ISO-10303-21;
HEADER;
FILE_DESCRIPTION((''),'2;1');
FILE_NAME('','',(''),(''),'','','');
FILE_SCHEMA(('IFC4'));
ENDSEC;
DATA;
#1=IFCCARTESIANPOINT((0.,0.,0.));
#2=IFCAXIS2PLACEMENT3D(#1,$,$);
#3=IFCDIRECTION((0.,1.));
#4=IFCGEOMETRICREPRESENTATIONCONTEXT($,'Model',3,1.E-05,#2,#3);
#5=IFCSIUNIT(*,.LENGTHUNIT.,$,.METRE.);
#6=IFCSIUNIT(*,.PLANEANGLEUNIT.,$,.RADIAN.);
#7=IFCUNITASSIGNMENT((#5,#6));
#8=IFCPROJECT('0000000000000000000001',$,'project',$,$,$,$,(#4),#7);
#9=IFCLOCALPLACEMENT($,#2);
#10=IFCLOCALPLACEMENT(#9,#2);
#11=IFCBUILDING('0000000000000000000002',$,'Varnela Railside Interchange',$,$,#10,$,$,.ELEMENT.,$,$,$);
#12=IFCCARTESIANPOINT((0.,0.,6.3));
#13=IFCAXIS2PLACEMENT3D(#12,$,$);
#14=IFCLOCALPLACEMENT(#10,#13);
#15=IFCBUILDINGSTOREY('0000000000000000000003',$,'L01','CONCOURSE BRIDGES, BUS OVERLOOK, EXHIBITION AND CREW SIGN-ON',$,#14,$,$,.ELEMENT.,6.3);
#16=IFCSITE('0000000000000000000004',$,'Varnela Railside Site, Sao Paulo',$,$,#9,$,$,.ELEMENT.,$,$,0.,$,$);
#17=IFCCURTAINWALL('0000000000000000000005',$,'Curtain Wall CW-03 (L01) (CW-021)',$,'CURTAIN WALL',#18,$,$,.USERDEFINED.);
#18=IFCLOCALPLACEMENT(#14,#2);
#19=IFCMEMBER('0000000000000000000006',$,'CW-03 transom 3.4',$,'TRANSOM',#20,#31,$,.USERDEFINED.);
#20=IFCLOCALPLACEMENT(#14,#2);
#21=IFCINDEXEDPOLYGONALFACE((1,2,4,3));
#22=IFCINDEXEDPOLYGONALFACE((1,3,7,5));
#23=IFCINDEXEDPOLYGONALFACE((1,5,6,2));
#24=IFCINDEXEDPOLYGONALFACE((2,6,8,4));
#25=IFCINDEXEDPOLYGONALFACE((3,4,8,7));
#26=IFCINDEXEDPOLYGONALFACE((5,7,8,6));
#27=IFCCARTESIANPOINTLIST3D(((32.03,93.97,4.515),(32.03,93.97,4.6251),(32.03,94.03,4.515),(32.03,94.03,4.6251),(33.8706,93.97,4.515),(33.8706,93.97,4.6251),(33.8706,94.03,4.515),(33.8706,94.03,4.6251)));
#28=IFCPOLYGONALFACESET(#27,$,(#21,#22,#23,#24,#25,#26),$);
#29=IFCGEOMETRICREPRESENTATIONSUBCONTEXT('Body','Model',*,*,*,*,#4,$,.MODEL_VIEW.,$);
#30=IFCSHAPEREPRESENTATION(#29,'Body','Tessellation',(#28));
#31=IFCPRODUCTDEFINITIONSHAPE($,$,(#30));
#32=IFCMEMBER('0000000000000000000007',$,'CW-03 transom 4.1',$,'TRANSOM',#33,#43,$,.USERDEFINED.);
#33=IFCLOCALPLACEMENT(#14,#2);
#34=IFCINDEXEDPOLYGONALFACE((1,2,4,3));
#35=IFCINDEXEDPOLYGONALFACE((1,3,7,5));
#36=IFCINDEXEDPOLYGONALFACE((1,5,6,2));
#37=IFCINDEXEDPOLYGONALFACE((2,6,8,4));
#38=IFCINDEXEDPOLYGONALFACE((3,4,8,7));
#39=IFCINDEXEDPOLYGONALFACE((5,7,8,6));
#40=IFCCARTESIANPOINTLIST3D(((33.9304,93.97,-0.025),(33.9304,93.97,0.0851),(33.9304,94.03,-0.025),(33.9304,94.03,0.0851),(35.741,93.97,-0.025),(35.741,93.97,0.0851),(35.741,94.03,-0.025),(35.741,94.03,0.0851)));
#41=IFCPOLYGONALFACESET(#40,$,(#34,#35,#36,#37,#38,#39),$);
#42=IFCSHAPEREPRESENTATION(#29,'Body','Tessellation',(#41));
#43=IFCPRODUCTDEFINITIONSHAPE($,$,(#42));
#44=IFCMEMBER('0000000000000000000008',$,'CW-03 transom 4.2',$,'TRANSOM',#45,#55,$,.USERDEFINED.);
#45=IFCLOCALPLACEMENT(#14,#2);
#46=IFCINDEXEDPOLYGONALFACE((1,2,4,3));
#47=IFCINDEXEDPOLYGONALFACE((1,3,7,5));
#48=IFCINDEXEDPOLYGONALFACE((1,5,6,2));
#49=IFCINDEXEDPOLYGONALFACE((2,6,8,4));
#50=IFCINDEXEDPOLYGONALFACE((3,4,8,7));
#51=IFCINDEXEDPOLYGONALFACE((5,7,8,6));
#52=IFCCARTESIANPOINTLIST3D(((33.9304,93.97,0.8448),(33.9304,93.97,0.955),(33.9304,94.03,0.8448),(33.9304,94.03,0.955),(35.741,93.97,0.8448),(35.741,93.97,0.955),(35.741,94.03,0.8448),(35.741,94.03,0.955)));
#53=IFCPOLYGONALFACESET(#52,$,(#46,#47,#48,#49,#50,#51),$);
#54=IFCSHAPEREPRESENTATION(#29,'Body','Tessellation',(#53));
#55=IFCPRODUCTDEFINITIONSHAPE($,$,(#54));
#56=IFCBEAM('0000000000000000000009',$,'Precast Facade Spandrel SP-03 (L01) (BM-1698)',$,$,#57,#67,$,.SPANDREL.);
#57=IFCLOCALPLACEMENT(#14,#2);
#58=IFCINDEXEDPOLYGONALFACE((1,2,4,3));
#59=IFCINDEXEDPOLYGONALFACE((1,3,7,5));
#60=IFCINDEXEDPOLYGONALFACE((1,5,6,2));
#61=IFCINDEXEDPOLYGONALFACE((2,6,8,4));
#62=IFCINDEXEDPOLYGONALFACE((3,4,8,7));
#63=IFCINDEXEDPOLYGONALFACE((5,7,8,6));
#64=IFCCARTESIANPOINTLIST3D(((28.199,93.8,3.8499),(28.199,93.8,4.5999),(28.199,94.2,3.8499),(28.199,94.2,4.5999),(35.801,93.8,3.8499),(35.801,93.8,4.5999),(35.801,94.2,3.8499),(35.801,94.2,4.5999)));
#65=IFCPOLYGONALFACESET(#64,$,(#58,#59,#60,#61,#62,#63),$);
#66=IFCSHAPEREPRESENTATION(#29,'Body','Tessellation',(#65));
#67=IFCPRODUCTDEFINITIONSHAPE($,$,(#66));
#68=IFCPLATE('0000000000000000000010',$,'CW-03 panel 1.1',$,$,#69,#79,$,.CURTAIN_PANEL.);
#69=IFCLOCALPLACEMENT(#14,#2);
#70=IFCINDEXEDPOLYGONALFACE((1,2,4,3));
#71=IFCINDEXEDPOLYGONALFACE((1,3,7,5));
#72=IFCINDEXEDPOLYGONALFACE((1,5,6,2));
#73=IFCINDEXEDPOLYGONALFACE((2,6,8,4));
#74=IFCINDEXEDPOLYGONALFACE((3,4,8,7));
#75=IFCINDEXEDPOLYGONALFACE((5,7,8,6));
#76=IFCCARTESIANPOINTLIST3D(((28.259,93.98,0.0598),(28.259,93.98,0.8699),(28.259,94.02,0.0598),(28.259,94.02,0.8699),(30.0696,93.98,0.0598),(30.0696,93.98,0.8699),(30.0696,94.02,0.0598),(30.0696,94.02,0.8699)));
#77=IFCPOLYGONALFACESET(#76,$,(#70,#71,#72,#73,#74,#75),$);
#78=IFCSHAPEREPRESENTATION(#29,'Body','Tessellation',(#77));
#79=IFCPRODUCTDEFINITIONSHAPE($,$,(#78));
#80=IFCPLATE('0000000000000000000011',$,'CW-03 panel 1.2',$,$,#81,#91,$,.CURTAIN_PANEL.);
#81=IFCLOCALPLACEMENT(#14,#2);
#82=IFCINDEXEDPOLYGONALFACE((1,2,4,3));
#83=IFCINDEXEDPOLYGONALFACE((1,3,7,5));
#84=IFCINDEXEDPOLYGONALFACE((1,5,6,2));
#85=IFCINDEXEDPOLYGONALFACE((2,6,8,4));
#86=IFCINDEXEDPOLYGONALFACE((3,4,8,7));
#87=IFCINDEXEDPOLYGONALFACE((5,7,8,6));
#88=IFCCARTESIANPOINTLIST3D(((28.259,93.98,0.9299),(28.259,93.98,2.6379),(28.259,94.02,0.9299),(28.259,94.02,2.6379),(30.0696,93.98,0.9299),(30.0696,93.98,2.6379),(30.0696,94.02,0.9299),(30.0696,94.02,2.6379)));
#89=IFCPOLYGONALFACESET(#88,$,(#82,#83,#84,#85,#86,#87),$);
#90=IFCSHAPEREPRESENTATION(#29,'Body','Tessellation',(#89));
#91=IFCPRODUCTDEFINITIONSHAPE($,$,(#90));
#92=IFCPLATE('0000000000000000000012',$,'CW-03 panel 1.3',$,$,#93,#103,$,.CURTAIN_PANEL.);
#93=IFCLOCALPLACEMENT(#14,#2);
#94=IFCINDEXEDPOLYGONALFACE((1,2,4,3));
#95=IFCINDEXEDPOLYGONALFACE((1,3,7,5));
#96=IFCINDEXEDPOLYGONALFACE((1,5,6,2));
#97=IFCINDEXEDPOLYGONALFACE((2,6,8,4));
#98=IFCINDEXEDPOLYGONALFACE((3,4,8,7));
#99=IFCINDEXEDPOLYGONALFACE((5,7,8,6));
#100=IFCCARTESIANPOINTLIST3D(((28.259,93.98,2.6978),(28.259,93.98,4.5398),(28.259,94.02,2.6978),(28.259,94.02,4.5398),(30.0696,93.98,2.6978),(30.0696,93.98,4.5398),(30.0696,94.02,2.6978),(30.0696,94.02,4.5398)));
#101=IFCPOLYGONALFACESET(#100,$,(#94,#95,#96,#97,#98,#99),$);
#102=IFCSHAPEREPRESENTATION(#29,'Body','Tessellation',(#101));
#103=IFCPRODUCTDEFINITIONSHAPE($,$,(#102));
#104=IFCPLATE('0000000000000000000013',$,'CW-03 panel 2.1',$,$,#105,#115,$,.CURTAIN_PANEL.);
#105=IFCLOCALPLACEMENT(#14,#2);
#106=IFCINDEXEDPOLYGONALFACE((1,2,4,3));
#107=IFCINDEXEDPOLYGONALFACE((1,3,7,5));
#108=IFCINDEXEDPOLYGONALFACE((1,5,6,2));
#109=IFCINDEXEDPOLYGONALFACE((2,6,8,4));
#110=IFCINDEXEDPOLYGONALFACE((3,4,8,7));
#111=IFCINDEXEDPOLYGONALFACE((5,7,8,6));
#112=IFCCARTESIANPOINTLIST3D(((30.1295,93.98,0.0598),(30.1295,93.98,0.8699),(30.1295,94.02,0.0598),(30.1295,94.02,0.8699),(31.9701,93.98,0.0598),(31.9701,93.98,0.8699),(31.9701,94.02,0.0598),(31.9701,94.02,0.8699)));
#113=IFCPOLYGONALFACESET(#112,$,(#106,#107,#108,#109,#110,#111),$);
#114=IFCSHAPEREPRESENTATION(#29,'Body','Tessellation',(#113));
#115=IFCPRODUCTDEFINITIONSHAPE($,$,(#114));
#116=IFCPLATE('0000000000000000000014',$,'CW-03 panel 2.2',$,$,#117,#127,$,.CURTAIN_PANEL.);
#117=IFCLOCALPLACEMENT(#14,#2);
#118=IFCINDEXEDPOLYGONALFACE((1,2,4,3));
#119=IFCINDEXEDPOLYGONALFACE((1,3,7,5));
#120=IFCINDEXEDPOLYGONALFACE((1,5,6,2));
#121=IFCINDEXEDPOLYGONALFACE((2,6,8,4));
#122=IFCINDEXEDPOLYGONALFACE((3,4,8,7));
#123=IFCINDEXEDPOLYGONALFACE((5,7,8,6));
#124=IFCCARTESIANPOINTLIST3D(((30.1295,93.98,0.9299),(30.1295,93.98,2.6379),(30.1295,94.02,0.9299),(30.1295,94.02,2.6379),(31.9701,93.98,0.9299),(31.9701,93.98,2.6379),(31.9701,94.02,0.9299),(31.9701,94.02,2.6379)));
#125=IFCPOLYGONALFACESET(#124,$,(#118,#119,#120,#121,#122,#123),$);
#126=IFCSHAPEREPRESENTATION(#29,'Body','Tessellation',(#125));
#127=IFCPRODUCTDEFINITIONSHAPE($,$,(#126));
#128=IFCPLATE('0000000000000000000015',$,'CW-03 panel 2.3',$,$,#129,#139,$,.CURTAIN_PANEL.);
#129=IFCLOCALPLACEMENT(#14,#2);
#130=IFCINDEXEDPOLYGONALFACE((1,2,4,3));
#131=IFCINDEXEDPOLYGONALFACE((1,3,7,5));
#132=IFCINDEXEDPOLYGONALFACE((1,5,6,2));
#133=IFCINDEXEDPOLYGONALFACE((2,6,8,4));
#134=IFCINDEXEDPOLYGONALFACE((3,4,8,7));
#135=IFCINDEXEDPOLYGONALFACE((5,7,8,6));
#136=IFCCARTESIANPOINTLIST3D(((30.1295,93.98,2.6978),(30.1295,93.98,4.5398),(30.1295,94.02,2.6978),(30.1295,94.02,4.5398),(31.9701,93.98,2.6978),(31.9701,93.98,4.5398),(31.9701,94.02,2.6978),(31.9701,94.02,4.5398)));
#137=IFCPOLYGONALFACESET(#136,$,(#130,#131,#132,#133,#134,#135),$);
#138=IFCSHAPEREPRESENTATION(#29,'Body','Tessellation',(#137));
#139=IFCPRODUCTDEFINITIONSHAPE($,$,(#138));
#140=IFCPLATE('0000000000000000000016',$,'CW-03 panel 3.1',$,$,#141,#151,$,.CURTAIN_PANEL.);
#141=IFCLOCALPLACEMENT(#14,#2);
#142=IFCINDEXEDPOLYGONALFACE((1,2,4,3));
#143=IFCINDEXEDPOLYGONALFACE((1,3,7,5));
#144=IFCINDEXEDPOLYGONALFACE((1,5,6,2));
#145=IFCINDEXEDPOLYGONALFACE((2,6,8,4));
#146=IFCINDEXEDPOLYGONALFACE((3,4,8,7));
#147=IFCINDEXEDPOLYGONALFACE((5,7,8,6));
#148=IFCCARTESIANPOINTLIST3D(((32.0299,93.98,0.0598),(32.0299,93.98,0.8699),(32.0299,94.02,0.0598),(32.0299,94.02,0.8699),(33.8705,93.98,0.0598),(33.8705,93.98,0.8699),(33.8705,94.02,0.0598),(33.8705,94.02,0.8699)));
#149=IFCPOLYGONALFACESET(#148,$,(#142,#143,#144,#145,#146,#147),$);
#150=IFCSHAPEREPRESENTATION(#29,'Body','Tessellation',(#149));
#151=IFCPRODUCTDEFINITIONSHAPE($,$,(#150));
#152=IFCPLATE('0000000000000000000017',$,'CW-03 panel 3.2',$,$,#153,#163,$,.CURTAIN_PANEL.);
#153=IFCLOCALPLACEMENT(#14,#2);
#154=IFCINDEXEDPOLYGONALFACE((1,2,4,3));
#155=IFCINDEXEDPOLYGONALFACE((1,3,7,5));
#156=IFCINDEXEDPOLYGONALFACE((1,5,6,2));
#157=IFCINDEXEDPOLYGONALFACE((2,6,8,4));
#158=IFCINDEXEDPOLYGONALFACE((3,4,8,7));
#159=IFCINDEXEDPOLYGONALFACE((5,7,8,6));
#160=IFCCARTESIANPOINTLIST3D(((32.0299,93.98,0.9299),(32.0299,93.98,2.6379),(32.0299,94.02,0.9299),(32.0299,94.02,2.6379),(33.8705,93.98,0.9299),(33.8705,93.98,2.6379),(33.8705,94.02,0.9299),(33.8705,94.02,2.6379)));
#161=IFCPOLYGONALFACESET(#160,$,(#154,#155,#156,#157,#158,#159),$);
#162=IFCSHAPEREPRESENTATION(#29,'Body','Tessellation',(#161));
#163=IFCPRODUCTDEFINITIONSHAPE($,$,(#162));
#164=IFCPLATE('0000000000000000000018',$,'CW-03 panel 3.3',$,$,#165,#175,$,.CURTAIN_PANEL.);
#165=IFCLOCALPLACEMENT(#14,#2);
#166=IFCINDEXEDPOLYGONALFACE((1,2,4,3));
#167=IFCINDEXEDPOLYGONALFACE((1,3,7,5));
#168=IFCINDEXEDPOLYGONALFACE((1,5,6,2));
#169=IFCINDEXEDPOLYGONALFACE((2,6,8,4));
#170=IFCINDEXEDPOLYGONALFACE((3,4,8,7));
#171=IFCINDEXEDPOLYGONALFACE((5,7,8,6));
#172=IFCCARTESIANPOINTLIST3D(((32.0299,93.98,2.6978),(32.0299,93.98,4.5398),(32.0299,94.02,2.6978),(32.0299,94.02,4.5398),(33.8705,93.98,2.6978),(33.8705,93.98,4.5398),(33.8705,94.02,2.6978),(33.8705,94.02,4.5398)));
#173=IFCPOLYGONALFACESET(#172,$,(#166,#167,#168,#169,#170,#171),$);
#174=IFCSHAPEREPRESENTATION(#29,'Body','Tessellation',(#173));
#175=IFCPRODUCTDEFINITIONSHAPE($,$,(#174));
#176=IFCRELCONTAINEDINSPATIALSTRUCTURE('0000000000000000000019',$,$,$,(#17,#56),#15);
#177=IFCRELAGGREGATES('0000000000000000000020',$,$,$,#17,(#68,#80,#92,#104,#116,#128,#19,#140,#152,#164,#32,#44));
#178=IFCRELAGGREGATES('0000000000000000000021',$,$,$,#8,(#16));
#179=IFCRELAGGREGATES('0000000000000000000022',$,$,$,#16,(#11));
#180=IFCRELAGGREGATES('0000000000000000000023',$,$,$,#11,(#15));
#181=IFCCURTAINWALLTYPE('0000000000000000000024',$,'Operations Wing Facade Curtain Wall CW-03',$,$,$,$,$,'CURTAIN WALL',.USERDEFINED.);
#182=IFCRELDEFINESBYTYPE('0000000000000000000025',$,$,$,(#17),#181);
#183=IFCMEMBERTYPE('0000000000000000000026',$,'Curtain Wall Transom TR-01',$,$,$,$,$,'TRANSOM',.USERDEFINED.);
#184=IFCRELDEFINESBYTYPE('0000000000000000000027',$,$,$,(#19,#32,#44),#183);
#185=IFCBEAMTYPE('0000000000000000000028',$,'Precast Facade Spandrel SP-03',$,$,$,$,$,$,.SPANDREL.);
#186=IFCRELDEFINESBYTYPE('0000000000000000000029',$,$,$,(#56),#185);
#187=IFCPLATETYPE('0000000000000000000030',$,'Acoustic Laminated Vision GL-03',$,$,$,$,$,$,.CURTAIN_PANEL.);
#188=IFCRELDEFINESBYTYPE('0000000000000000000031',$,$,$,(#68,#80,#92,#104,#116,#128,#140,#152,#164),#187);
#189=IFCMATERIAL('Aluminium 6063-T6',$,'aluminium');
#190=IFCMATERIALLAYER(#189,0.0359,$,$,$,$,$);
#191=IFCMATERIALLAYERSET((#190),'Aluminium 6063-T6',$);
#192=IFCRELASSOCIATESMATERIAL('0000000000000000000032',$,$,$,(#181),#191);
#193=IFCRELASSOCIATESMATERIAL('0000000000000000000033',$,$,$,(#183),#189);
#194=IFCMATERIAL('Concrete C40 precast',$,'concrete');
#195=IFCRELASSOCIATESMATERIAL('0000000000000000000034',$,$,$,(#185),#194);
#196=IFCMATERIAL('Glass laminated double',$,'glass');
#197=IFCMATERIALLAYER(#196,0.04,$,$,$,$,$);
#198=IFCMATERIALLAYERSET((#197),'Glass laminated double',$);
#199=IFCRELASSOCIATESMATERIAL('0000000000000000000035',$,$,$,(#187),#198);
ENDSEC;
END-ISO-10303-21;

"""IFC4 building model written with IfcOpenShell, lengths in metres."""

from ifc_helpers import new_model, si_unit, direction, frame, origin, origin_2d, place, context, subcontext, project, spatial, rectangle, extrude, material, layer, layer_set, material_profile, profile_set, type_object, element, aggregate, save


model = new_model("IFC4")

# Units and contexts
model_context = context("Model", 3, precision=1e-05, world=origin(), true_north=direction((0.0, 1.0)))
body_context = subcontext(model_context, "Body", "Model", "MODEL_VIEW")
ifc_project = project(units=[si_unit("LENGTHUNIT", "METRE"), si_unit("PLANEANGLEUNIT", "RADIAN")], contexts=[model_context])

# Site, building, storey
site_placement = place(None, origin())
site = spatial("IfcSite", under=ifc_project, at=site_placement, Name="Varnela Railside Site, Sao Paulo", CompositionType="ELEMENT", RefElevation=0.0)
building_placement = place(site_placement, origin())
building = spatial("IfcBuilding", under=site, at=building_placement, Name="Varnela Railside Interchange", CompositionType="ELEMENT")
storey_placement = place(building_placement, frame((0.0, 0.0, 6.3)))
storey = spatial("IfcBuildingStorey", under=building, at=storey_placement, Name="L01", Description="CONCOURSE BRIDGES, BUS OVERLOOK, EXHIBITION AND CREW SIGN-ON", CompositionType="ELEMENT", Elevation=6.3)

# Curtain wall, members
ifc_material_1 = material(Name="Aluminium 6063-T6", Category="aluminium")
ifc_layer_1 = layer(ifc_material_1, 0.0359)
ifc_layer_set_1 = layer_set([ifc_layer_1], Name="Aluminium 6063-T6")
curtain_wall_type = type_object("IfcCurtainWallType", Name="Operations Wing Facade Curtain Wall CW-03", ElementType="CURTAIN WALL", PredefinedType="USERDEFINED", material=ifc_layer_set_1)
curtain_wall_placement = place(storey_placement, origin())
curtain_wall = element("IfcCurtainWall", 1, at=curtain_wall_placement, inside=storey, type_object=curtain_wall_type, Name="Curtain Wall CW-03 (L01) (CW-021)", ObjectType="CURTAIN WALL", PredefinedType="USERDEFINED")
ifc_material_profile_1 = material_profile(ifc_material_1, rectangle(XDim=0.0601, YDim=0.1101, at=origin_2d()), Name="ALU 60x110")
ifc_profile_set_1 = profile_set([ifc_material_profile_1], Name="Aluminium 6063-T6")
member_type_1 = type_object("IfcMemberType", Name="Curtain Wall Transom TR-01", ElementType="TRANSOM", PredefinedType="USERDEFINED", material=ifc_profile_set_1)
member_1_placement = place(storey_placement, frame((32.03, 94.0, 4.5701), z_axis=(1.0, 0.0, 0.0), x_axis=(0.0, 1.0, 0.0)))
member_1 = element("IfcMember", 2, at=member_1_placement, type_object=member_type_1, Name="CW-03 transom 3.4", ObjectType="TRANSOM", PredefinedType="USERDEFINED", context=body_context, shape_type="SweptSolid", body=[
    extrude(rectangle(XDim=0.0601, YDim=0.1101, at=origin_2d()), origin(), (0.0, 0.0, 1.0), 1.8406),
])
member_2_placement = place(storey_placement, frame((33.9304, 94.0, 0.03), z_axis=(1.0, 0.0, 0.0), x_axis=(0.0, 1.0, 0.0)))
member_2 = element("IfcMember", 3, at=member_2_placement, type_object=member_type_1, Name="CW-03 transom 4.1", ObjectType="TRANSOM", PredefinedType="USERDEFINED", context=body_context, shape_type="SweptSolid", body=[
    extrude(rectangle(XDim=0.0601, YDim=0.1101, at=origin_2d()), origin(), (0.0, 0.0, 1.0), 1.8105),
])
member_3_placement = place(storey_placement, frame((33.9304, 94.0, 0.8999), z_axis=(1.0, 0.0, 0.0), x_axis=(0.0, 1.0, 0.0)))
member_3 = element("IfcMember", 4, at=member_3_placement, type_object=member_type_1, Name="CW-03 transom 4.2", ObjectType="TRANSOM", PredefinedType="USERDEFINED", context=body_context, shape_type="SweptSolid", body=[
    extrude(rectangle(XDim=0.0601, YDim=0.1101, at=origin_2d()), origin(), (0.0, 0.0, 1.0), 1.8105),
])

# Beam
ifc_material_2 = material(Name="Concrete C40 precast", Category="concrete")
ifc_material_profile_2 = material_profile(ifc_material_2, rectangle(XDim=0.3999, YDim=0.75, at=origin_2d()), Name="PC 400x750")
ifc_profile_set_2 = profile_set([ifc_material_profile_2], Name="Concrete C40 precast")
beam_type = type_object("IfcBeamType", Name="Precast Facade Spandrel SP-03", PredefinedType="SPANDREL", material=ifc_profile_set_2)
beam_placement = place(storey_placement, frame((28.199, 94.0, 4.2249), z_axis=(1.0, 0.0, 0.0), x_axis=(0.0, 1.0, 0.0)))
element("IfcBeam", 5, at=beam_placement, inside=storey, type_object=beam_type, Name="Precast Facade Spandrel SP-03 (L01) (BM-1698)", PredefinedType="SPANDREL", context=body_context, shape_type="SweptSolid", body=[
    extrude(rectangle(XDim=0.3999, YDim=0.75, at=origin_2d()), origin(), (0.0, 0.0, 1.0), 7.6021),
])

# Plates
ifc_material_3 = material(Name="Glass laminated double", Category="glass")
ifc_layer_2 = layer(ifc_material_3, 0.04)
ifc_layer_set_2 = layer_set([ifc_layer_2], Name="Glass laminated double")
plate_type = type_object("IfcPlateType", Name="Acoustic Laminated Vision GL-03", PredefinedType="CURTAIN_PANEL", material=ifc_layer_set_2)
plate_1_placement = place(storey_placement, frame((29.1643, 94.0, 0.0598), z_axis=(0.0, 0.0, 1.0), x_axis=(1.0, 0.0, 0.0)))
plate_1 = element("IfcPlate", 6, at=plate_1_placement, type_object=plate_type, Name="CW-03 panel 1.1", PredefinedType="CURTAIN_PANEL", context=body_context, shape_type="SweptSolid", body=[
    extrude(rectangle(XDim=1.8105, YDim=0.04, at=origin_2d()), origin(), (0.0, 0.0, 1.0), 0.8101),
])
plate_2_placement = place(storey_placement, frame((29.1643, 94.0, 0.9299), z_axis=(0.0, 0.0, 1.0), x_axis=(1.0, 0.0, 0.0)))
plate_2 = element("IfcPlate", 7, at=plate_2_placement, type_object=plate_type, Name="CW-03 panel 1.2", PredefinedType="CURTAIN_PANEL", context=body_context, shape_type="SweptSolid", body=[
    extrude(rectangle(XDim=1.8105, YDim=0.04, at=origin_2d()), origin(), (0.0, 0.0, 1.0), 1.708),
])
plate_3_placement = place(storey_placement, frame((29.1643, 94.0, 2.6978), z_axis=(0.0, 0.0, 1.0), x_axis=(1.0, 0.0, 0.0)))
plate_3 = element("IfcPlate", 8, at=plate_3_placement, type_object=plate_type, Name="CW-03 panel 1.3", PredefinedType="CURTAIN_PANEL", context=body_context, shape_type="SweptSolid", body=[
    extrude(rectangle(XDim=1.8105, YDim=0.04, at=origin_2d()), origin(), (0.0, 0.0, 1.0), 1.842),
])
plate_4_placement = place(storey_placement, frame((31.0498, 94.0, 0.0598), z_axis=(0.0, 0.0, 1.0), x_axis=(1.0, 0.0, 0.0)))
plate_4 = element("IfcPlate", 9, at=plate_4_placement, type_object=plate_type, Name="CW-03 panel 2.1", PredefinedType="CURTAIN_PANEL", context=body_context, shape_type="SweptSolid", body=[
    extrude(rectangle(XDim=1.8406, YDim=0.04, at=origin_2d()), origin(), (0.0, 0.0, 1.0), 0.8101),
])
plate_5_placement = place(storey_placement, frame((31.0498, 94.0, 0.9299), z_axis=(0.0, 0.0, 1.0), x_axis=(1.0, 0.0, 0.0)))
plate_5 = element("IfcPlate", 10, at=plate_5_placement, type_object=plate_type, Name="CW-03 panel 2.2", PredefinedType="CURTAIN_PANEL", context=body_context, shape_type="SweptSolid", body=[
    extrude(rectangle(XDim=1.8406, YDim=0.04, at=origin_2d()), origin(), (0.0, 0.0, 1.0), 1.708),
])
plate_6_placement = place(storey_placement, frame((31.0498, 94.0, 2.6978), z_axis=(0.0, 0.0, 1.0), x_axis=(1.0, 0.0, 0.0)))
plate_6 = element("IfcPlate", 11, at=plate_6_placement, type_object=plate_type, Name="CW-03 panel 2.3", PredefinedType="CURTAIN_PANEL", context=body_context, shape_type="SweptSolid", body=[
    extrude(rectangle(XDim=1.8406, YDim=0.04, at=origin_2d()), origin(), (0.0, 0.0, 1.0), 1.842),
])
plate_7_placement = place(storey_placement, frame((32.9502, 94.0, 0.0598), z_axis=(0.0, 0.0, 1.0), x_axis=(1.0, 0.0, 0.0)))
plate_7 = element("IfcPlate", 12, at=plate_7_placement, type_object=plate_type, Name="CW-03 panel 3.1", PredefinedType="CURTAIN_PANEL", context=body_context, shape_type="SweptSolid", body=[
    extrude(rectangle(XDim=1.8406, YDim=0.04, at=origin_2d()), origin(), (0.0, 0.0, 1.0), 0.8101),
])
plate_8_placement = place(storey_placement, frame((32.9502, 94.0, 0.9299), z_axis=(0.0, 0.0, 1.0), x_axis=(1.0, 0.0, 0.0)))
plate_8 = element("IfcPlate", 13, at=plate_8_placement, type_object=plate_type, Name="CW-03 panel 3.2", PredefinedType="CURTAIN_PANEL", context=body_context, shape_type="SweptSolid", body=[
    extrude(rectangle(XDim=1.8406, YDim=0.04, at=origin_2d()), origin(), (0.0, 0.0, 1.0), 1.708),
])
plate_9_placement = place(storey_placement, frame((32.9502, 94.0, 2.6978), z_axis=(0.0, 0.0, 1.0), x_axis=(1.0, 0.0, 0.0)))
plate_9 = element("IfcPlate", 14, at=plate_9_placement, type_object=plate_type, Name="CW-03 panel 3.3", PredefinedType="CURTAIN_PANEL", context=body_context, shape_type="SweptSolid", body=[
    extrude(rectangle(XDim=1.8406, YDim=0.04, at=origin_2d()), origin(), (0.0, 0.0, 1.0), 1.842),
])
aggregate(curtain_wall, [plate_1, plate_2, plate_3, plate_4, plate_5, plate_6, member_1, plate_7, plate_8, plate_9, member_2, member_3])

save(model, "model.ifc")
